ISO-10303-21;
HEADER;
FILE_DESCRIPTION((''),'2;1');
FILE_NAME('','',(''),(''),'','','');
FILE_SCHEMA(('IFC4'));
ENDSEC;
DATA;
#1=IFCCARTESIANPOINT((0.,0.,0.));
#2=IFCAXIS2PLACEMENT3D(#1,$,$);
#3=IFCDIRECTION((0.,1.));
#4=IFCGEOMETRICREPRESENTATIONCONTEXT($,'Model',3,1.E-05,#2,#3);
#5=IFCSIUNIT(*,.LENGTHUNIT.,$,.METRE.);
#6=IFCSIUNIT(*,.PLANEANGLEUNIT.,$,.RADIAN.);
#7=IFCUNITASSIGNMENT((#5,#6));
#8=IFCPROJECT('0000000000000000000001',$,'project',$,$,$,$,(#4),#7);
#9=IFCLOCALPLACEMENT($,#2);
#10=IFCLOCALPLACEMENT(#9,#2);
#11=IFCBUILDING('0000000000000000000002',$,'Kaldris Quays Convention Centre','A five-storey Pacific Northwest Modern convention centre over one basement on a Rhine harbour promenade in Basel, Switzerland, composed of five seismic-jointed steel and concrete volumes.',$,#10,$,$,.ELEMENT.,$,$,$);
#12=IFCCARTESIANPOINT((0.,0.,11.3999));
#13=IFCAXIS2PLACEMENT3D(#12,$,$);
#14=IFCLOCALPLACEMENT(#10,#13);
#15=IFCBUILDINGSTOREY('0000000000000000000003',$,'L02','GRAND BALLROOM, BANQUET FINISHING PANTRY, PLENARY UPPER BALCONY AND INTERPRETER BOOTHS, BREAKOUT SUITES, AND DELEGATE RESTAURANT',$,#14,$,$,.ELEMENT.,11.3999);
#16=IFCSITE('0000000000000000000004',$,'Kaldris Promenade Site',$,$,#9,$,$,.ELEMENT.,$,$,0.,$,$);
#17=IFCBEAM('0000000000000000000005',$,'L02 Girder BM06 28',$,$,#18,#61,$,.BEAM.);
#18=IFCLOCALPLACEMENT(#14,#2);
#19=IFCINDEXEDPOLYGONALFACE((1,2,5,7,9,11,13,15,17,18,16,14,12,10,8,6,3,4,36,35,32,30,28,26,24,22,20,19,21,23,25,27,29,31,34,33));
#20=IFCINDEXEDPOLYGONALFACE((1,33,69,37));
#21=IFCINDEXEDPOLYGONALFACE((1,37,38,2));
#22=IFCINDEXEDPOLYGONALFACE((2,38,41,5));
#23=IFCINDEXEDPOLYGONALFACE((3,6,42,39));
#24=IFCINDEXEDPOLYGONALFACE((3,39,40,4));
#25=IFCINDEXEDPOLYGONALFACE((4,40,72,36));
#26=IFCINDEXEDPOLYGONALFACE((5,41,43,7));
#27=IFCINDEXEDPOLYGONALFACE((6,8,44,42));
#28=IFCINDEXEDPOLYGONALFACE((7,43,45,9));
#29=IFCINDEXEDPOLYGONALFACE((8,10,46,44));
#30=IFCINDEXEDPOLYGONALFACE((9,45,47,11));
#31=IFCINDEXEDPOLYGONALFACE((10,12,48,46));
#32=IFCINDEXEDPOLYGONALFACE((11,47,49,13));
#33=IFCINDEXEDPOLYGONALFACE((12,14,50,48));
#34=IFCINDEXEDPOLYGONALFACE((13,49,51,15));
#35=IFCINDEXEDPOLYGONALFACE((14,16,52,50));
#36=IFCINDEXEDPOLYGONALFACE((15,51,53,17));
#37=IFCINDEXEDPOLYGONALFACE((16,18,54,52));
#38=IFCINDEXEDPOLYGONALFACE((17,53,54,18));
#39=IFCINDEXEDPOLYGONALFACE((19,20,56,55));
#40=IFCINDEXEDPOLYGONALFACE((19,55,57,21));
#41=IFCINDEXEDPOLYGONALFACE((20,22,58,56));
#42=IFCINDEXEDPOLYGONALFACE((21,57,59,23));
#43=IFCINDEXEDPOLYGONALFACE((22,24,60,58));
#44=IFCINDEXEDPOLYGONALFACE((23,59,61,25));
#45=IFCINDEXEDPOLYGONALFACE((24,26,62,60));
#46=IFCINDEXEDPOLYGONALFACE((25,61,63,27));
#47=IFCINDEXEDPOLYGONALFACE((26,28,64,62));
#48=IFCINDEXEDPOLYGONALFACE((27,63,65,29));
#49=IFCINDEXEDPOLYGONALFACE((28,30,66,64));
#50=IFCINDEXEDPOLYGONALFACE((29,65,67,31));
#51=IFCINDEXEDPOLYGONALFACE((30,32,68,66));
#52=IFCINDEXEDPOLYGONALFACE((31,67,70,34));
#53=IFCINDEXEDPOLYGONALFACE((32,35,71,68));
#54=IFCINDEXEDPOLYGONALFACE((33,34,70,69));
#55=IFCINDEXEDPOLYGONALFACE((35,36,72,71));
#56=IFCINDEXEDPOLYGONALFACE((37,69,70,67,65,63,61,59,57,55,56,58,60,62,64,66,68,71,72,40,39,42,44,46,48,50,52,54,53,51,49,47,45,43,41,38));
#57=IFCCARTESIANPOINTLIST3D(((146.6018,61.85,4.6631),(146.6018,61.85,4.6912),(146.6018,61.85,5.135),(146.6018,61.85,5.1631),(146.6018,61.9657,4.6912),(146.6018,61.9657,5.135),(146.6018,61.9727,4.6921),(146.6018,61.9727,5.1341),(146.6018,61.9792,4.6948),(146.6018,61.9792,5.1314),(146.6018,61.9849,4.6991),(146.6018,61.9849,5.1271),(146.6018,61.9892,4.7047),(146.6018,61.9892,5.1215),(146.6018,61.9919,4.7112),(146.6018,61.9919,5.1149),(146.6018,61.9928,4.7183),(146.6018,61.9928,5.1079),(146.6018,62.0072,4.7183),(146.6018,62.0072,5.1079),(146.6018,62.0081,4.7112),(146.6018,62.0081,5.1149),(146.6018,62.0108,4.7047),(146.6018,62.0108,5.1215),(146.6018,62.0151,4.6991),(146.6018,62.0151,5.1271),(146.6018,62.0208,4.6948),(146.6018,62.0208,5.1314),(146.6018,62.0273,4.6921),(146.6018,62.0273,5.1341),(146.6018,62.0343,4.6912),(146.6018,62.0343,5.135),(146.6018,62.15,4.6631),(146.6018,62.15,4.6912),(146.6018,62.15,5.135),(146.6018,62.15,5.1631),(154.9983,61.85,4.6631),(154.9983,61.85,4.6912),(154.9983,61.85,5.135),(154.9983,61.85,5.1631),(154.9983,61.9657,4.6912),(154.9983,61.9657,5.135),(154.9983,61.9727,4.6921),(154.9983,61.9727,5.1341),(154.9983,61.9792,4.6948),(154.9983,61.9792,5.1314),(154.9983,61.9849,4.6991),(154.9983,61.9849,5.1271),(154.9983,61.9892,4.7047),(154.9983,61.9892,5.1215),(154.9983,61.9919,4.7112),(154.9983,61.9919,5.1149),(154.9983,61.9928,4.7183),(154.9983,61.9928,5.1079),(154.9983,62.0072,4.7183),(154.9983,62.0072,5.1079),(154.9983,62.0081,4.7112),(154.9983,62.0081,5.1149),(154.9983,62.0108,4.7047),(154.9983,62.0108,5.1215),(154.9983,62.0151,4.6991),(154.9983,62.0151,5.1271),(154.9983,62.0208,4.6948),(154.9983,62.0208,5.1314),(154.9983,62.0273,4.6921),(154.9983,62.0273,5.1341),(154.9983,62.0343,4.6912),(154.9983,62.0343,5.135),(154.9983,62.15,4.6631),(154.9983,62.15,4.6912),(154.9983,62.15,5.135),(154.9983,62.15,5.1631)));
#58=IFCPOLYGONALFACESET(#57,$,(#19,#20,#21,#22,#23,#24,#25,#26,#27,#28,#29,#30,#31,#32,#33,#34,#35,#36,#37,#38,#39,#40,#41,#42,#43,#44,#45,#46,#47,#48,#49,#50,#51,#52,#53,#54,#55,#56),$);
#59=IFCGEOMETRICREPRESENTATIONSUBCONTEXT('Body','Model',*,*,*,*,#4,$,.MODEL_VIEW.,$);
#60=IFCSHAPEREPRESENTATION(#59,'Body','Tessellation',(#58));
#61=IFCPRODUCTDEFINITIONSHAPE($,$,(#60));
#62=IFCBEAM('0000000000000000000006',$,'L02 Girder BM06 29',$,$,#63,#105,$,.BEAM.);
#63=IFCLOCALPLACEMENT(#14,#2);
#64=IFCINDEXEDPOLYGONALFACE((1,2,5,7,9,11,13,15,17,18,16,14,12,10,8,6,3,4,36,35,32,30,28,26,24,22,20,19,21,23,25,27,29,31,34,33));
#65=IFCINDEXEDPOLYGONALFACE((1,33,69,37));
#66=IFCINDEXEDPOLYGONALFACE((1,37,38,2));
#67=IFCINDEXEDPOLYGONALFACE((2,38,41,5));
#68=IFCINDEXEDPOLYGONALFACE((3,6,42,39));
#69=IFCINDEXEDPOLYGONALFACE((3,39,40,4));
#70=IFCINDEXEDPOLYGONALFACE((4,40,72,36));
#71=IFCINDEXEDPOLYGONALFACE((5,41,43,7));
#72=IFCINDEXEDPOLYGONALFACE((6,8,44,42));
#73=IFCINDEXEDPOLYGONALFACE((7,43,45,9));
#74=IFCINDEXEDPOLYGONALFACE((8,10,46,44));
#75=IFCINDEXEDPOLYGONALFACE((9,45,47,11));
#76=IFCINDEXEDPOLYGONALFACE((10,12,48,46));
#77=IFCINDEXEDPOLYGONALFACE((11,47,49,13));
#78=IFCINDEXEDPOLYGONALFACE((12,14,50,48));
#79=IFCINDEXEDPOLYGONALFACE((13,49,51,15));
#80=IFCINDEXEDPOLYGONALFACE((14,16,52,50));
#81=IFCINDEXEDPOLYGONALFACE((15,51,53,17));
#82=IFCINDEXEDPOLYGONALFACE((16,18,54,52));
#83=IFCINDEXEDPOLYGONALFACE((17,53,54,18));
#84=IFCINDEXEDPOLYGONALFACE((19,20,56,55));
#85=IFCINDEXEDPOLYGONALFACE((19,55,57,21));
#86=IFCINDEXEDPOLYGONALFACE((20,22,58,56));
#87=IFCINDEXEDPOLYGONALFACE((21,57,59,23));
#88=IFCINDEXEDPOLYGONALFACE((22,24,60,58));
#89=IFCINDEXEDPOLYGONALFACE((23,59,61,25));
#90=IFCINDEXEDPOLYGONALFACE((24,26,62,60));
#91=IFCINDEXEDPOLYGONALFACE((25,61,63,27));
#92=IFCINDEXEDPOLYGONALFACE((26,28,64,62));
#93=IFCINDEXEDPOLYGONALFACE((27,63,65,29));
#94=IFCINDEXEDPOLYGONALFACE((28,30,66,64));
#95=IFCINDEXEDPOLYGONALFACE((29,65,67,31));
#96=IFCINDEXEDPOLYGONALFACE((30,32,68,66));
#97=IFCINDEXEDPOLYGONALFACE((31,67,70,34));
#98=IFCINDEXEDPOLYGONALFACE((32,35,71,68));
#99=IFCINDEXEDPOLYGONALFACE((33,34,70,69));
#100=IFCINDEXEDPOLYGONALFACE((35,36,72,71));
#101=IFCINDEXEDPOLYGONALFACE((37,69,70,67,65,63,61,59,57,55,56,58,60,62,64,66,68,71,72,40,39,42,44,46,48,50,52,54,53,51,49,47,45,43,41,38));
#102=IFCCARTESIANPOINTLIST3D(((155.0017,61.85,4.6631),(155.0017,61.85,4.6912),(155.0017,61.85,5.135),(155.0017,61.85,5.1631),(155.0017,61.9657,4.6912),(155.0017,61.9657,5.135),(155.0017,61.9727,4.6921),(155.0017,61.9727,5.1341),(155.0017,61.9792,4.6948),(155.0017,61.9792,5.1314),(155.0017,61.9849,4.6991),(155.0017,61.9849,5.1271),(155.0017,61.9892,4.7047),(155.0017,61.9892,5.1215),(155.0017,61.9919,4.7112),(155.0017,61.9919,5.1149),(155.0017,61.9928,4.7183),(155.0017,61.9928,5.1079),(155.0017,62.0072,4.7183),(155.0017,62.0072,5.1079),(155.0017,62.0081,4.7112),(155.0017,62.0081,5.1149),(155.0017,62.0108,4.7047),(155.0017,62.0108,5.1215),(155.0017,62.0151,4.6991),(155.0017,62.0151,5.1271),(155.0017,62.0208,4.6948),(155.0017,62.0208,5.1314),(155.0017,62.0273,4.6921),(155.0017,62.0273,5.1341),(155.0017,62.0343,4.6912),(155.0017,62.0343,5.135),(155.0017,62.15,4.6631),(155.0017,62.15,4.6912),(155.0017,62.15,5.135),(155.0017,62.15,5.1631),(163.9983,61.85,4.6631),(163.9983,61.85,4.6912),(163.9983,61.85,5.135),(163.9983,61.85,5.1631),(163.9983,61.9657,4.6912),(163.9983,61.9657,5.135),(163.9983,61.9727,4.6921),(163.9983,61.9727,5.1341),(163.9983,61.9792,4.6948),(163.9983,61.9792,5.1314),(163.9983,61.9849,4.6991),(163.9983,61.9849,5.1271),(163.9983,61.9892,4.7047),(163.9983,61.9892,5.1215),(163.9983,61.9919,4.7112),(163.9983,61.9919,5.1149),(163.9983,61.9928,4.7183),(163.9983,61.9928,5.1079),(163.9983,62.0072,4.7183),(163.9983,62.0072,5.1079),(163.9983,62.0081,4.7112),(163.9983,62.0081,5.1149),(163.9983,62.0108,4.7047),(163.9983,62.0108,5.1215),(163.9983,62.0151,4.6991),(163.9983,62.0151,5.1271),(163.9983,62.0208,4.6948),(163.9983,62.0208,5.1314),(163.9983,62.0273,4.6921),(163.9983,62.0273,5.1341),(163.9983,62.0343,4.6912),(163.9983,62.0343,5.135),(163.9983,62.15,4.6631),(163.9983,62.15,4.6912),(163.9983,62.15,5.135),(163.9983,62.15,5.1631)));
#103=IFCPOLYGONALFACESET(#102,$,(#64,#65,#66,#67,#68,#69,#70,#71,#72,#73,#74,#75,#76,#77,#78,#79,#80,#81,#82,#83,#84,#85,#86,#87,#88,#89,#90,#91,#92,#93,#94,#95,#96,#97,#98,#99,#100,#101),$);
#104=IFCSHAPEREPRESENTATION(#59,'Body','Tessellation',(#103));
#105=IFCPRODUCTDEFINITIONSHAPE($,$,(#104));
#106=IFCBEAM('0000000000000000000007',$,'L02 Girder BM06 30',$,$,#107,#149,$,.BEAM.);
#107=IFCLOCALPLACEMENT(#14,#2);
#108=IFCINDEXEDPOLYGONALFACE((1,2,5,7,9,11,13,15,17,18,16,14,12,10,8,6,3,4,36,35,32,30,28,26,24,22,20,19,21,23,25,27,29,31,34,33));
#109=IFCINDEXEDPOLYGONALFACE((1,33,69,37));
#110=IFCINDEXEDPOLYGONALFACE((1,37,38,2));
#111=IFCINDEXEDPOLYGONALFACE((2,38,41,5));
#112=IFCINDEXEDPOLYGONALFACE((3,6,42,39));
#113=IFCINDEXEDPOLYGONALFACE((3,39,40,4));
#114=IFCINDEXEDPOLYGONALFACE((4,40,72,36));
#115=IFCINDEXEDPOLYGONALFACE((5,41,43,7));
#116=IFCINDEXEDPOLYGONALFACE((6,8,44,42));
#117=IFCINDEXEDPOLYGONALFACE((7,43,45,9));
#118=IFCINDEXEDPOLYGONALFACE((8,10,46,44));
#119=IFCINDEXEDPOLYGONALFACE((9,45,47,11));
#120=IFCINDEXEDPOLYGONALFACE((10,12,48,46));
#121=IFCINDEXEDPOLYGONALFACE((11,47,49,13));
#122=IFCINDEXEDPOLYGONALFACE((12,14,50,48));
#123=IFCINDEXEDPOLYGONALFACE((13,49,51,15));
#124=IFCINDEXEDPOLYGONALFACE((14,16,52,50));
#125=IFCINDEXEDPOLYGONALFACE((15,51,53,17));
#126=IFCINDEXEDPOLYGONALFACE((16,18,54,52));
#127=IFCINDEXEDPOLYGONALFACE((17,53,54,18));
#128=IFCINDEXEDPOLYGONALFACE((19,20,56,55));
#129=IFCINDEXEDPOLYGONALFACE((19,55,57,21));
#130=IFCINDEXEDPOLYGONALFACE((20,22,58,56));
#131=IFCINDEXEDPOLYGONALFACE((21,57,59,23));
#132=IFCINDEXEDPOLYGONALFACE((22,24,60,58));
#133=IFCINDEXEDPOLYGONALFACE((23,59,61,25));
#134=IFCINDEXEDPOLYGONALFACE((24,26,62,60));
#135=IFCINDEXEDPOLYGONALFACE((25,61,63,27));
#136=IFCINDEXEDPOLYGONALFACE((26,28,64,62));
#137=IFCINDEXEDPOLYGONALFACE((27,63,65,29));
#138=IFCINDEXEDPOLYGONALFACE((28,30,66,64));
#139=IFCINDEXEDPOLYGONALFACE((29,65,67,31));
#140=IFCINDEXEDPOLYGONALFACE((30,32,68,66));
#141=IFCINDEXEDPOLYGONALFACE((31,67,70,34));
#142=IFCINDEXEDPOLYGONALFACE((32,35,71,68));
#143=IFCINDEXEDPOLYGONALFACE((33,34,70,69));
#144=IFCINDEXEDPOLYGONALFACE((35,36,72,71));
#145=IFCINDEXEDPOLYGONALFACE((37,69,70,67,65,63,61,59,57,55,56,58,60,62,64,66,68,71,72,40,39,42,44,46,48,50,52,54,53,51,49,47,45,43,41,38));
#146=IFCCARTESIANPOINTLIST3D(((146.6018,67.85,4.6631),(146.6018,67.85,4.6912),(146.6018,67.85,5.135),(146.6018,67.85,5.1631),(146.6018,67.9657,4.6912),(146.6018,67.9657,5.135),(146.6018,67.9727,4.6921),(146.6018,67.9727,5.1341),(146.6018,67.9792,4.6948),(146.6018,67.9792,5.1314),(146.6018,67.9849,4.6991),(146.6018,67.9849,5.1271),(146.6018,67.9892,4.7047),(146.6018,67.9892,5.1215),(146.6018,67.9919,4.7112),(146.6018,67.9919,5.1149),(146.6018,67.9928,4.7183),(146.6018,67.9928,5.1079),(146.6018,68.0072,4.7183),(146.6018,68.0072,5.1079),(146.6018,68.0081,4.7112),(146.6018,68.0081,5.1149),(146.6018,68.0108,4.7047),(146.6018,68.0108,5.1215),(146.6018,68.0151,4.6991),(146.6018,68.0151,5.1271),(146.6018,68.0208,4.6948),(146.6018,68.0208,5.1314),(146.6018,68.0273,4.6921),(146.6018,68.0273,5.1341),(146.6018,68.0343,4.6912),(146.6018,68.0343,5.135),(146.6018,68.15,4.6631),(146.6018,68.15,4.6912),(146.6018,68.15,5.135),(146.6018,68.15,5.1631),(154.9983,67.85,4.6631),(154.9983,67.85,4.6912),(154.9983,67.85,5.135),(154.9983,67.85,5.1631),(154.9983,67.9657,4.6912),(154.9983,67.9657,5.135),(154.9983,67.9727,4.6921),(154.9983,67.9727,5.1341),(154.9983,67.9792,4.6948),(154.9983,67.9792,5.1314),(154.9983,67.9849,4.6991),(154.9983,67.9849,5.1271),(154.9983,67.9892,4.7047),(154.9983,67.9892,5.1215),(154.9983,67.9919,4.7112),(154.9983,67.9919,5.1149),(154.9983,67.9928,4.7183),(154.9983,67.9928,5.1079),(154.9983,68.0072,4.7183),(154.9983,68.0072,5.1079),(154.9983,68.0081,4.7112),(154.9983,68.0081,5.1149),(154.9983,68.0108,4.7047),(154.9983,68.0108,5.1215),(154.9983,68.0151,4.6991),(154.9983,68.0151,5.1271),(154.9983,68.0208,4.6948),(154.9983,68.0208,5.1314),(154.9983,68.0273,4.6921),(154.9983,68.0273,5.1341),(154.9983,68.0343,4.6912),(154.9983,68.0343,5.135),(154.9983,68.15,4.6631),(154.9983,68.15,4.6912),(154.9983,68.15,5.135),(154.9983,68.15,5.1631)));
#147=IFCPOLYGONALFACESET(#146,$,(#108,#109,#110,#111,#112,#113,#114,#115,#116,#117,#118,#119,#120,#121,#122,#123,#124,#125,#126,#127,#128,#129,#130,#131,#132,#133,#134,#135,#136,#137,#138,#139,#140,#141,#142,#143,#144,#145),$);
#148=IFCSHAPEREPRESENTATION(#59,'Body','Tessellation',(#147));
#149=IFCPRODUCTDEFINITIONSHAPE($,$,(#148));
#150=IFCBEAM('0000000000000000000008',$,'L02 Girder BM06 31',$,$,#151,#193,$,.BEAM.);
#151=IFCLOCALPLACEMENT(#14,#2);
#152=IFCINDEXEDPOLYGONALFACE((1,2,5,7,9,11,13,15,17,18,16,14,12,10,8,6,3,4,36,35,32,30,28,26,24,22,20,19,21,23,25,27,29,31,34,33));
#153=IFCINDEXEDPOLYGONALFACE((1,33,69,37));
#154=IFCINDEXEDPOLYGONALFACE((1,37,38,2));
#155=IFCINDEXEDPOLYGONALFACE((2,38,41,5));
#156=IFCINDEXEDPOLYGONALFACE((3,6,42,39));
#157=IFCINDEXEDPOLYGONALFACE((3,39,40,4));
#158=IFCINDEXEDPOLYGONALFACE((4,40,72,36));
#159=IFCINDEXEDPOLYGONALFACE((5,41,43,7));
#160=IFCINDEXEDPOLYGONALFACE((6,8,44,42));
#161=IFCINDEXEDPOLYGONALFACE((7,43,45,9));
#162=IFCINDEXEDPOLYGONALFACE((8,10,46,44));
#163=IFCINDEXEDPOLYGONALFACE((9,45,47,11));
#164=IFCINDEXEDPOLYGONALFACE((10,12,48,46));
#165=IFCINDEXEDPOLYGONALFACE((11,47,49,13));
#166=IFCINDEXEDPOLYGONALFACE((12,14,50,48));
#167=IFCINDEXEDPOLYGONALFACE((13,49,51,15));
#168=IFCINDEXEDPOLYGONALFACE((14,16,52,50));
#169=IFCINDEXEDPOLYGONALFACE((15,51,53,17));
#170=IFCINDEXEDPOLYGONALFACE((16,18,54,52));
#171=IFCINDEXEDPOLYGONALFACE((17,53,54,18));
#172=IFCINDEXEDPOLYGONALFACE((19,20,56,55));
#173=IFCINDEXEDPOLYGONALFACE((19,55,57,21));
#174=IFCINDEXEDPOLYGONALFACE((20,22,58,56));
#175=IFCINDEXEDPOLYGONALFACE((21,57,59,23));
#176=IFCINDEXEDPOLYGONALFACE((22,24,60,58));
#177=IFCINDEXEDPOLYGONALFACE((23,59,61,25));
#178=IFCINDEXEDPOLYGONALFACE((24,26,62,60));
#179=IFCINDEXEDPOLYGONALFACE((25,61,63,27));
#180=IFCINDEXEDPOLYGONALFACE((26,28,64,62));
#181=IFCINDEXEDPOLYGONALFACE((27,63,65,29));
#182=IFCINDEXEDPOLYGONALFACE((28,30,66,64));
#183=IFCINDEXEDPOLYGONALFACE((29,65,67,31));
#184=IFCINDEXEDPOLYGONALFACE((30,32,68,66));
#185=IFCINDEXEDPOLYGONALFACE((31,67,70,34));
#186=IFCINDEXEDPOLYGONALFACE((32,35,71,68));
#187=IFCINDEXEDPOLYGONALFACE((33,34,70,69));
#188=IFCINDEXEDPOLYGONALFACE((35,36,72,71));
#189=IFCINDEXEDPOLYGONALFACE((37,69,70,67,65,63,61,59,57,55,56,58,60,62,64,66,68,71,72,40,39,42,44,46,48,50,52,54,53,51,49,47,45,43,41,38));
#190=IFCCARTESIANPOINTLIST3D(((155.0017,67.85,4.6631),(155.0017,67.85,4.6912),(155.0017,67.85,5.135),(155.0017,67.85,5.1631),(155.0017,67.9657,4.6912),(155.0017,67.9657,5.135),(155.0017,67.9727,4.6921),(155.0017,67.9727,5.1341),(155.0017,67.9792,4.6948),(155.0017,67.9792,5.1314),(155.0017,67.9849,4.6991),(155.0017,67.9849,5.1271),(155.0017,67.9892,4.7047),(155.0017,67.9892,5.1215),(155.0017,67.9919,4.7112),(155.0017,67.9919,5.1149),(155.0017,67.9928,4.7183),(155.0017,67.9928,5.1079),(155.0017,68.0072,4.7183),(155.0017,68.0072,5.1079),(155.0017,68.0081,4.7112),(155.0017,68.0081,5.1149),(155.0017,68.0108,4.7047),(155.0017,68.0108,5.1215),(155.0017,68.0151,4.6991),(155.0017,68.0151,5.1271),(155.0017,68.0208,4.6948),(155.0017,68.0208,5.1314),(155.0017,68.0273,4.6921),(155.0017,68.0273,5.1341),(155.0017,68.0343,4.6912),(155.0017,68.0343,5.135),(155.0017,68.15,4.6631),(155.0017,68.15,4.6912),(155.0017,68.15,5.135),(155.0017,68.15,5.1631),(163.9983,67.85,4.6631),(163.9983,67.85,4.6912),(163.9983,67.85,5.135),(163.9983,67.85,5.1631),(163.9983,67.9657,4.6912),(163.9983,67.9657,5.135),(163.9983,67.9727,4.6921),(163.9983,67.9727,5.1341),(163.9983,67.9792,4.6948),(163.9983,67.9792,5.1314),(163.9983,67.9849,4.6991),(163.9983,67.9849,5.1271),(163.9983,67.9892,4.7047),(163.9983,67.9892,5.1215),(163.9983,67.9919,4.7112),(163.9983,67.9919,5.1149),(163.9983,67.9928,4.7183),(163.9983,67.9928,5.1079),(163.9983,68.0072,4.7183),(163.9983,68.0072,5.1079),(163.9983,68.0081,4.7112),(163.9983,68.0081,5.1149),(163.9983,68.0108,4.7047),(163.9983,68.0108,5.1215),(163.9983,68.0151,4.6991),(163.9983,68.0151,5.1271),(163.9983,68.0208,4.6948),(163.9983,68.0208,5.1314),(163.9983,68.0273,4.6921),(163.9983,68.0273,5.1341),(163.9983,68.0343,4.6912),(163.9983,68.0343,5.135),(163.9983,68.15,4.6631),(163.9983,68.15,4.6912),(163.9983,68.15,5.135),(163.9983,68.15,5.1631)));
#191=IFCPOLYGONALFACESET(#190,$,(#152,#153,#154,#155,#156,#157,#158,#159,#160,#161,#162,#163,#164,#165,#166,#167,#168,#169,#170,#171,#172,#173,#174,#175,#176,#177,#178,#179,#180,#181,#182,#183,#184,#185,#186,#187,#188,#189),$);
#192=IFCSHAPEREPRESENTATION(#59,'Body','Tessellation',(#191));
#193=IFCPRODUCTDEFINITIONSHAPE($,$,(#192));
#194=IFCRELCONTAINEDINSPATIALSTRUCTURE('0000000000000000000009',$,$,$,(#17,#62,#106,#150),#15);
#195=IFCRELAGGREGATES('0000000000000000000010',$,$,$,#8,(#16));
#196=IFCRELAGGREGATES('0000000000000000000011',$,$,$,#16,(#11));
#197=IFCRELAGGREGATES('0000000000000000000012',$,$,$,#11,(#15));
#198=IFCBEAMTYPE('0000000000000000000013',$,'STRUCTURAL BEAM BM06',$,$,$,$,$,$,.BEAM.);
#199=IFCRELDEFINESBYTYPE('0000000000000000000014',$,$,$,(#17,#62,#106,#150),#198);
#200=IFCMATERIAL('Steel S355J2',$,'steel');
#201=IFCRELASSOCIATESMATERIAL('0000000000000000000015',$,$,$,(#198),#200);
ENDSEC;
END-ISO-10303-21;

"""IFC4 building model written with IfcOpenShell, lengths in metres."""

from ifc_helpers import new_model, si_unit, direction, frame, origin, origin_2d, place, context, subcontext, project, spatial, i_section, extrude, material, material_profile, profile_set, type_object, element, save


model = new_model("IFC4")

# Units and contexts
model_context = context("Model", 3, precision=1e-05, world=origin(), true_north=direction((0.0, 1.0)))
body_context = subcontext(model_context, "Body", "Model", "MODEL_VIEW")
ifc_project = project(units=[si_unit("LENGTHUNIT", "METRE"), si_unit("PLANEANGLEUNIT", "RADIAN")], contexts=[model_context])

# Site, building, storey
site_placement = place(None, origin())
site = spatial("IfcSite", under=ifc_project, at=site_placement, Name="Kaldris Promenade Site", CompositionType="ELEMENT", RefElevation=0.0)
building_placement = place(site_placement, origin())
building = spatial("IfcBuilding", under=site, at=building_placement, Name="Kaldris Quays Convention Centre", Description="A five-storey Pacific Northwest Modern convention centre over one basement on a Rhine harbour promenade in Basel, Switzerland, composed of five seismic-jointed steel and concrete volumes.", CompositionType="ELEMENT")
storey_placement = place(building_placement, frame((0.0, 0.0, 11.3999)))
storey = spatial("IfcBuildingStorey", under=building, at=storey_placement, Name="L02", Description="GRAND BALLROOM, BANQUET FINISHING PANTRY, PLENARY UPPER BALCONY AND INTERPRETER BOOTHS, BREAKOUT SUITES, AND DELEGATE RESTAURANT", CompositionType="ELEMENT", Elevation=11.3999)

# Beams
ifc_material_1 = material(Name="Steel S355J2", Category="steel")
ifc_material_profile_1 = material_profile(ifc_material_1, i_section(OverallWidth=0.3, OverallDepth=0.5, WebThickness=0.0144, FlangeThickness=0.0281, FilletRadius=0.0271, at=origin_2d()), Name="HEB 500")
ifc_profile_set_1 = profile_set([ifc_material_profile_1], Name="Steel S355J2")
beam_type_1 = type_object("IfcBeamType", Name="STRUCTURAL BEAM BM06", PredefinedType="BEAM", material=ifc_profile_set_1)
beam_1_placement = place(storey_placement, frame((146.6018, 62.0, 4.9131), z_axis=(1.0, 0.0, 0.0), x_axis=(0.0, 1.0, 0.0)))
element("IfcBeam", 1, at=beam_1_placement, inside=storey, type_object=beam_type_1, Name="L02 Girder BM06 28", PredefinedType="BEAM", context=body_context, shape_type="SweptSolid", body=[
    extrude(i_section(OverallWidth=0.3, OverallDepth=0.5, WebThickness=0.0144, FlangeThickness=0.0281, FilletRadius=0.0271, at=origin_2d()), origin(), (0.0, 0.0, 1.0), 8.3965),
])
beam_2_placement = place(storey_placement, frame((155.0017, 62.0, 4.9131), z_axis=(1.0, 0.0, 0.0), x_axis=(0.0, 1.0, 0.0)))
element("IfcBeam", 2, at=beam_2_placement, inside=storey, type_object=beam_type_1, Name="L02 Girder BM06 29", PredefinedType="BEAM", context=body_context, shape_type="SweptSolid", body=[
    extrude(i_section(OverallWidth=0.3, OverallDepth=0.5, WebThickness=0.0144, FlangeThickness=0.0281, FilletRadius=0.0271, at=origin_2d()), origin(), (0.0, 0.0, 1.0), 8.9966),
])
beam_3_placement = place(storey_placement, frame((146.6018, 68.0, 4.9131), z_axis=(1.0, 0.0, 0.0), x_axis=(0.0, 1.0, 0.0)))
element("IfcBeam", 3, at=beam_3_placement, inside=storey, type_object=beam_type_1, Name="L02 Girder BM06 30", PredefinedType="BEAM", context=body_context, shape_type="SweptSolid", body=[
    extrude(i_section(OverallWidth=0.3, OverallDepth=0.5, WebThickness=0.0144, FlangeThickness=0.0281, FilletRadius=0.0271, at=origin_2d()), origin(), (0.0, 0.0, 1.0), 8.3965),
])
beam_4_placement = place(storey_placement, frame((155.0017, 68.0, 4.9131), z_axis=(1.0, 0.0, 0.0), x_axis=(0.0, 1.0, 0.0)))
element("IfcBeam", 4, at=beam_4_placement, inside=storey, type_object=beam_type_1, Name="L02 Girder BM06 31", PredefinedType="BEAM", context=body_context, shape_type="SweptSolid", body=[
    extrude(i_section(OverallWidth=0.3, OverallDepth=0.5, WebThickness=0.0144, FlangeThickness=0.0281, FilletRadius=0.0271, at=origin_2d()), origin(), (0.0, 0.0, 1.0), 8.9966),
])

save(model, "model.ifc")
